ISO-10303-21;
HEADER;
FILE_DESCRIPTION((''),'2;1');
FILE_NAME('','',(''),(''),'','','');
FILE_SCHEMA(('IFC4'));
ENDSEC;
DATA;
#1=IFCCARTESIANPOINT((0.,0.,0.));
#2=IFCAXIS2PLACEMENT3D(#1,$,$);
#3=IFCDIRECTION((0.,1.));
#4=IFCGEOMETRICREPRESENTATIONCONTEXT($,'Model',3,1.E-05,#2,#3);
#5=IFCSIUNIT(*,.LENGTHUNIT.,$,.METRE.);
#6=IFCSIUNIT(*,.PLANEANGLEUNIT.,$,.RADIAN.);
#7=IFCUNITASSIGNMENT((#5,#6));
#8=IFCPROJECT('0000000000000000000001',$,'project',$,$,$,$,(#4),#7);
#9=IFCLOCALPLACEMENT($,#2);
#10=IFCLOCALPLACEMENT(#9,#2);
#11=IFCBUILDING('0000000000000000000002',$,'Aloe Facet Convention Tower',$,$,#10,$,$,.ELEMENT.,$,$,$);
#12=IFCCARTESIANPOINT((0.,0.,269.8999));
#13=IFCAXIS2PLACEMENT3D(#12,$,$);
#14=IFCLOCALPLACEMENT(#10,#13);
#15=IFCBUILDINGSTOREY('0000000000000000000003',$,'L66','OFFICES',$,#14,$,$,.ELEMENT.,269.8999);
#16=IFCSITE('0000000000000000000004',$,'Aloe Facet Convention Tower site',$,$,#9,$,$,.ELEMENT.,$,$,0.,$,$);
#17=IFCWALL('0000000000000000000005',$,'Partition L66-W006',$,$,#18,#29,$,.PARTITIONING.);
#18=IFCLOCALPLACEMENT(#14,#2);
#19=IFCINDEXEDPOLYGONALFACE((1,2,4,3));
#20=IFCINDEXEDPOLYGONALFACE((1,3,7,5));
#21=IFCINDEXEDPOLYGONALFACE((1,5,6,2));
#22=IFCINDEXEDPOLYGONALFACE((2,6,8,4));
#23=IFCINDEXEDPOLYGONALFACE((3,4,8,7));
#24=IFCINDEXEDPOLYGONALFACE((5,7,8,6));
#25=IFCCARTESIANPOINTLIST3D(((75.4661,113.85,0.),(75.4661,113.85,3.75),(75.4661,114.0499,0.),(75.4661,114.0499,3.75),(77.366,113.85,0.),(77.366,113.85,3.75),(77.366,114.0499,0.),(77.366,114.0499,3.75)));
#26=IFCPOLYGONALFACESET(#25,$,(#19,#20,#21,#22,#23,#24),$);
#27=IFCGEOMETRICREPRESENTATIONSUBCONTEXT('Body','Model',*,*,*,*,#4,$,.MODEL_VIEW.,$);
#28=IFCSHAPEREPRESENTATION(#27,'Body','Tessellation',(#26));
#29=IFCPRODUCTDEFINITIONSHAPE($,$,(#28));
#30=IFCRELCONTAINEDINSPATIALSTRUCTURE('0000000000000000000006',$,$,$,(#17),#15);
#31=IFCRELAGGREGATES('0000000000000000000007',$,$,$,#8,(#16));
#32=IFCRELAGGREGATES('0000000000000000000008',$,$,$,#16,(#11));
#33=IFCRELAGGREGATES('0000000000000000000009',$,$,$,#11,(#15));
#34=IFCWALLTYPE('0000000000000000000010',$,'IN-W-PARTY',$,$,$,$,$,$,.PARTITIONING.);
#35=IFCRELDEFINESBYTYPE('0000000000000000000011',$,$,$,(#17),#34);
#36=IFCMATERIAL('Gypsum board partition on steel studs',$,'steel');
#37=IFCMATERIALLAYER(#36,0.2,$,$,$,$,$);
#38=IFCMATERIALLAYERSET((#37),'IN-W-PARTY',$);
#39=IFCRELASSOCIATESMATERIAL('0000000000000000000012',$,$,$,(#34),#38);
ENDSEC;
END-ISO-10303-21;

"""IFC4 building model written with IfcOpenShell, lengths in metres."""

from ifc_helpers import new_model, si_unit, direction, frame, frame_2d, origin, place, context, subcontext, project, spatial, rectangle, extrude, material, layer, layer_set, type_object, element, save


model = new_model("IFC4")

# Units and contexts
model_context = context("Model", 3, precision=1e-05, world=origin(), true_north=direction((0.0, 1.0)))
body_context = subcontext(model_context, "Body", "Model", "MODEL_VIEW")
ifc_project = project(units=[si_unit("LENGTHUNIT", "METRE"), si_unit("PLANEANGLEUNIT", "RADIAN")], contexts=[model_context])

# Site, building, storey
site_placement = place(None, origin())
site = spatial("IfcSite", under=ifc_project, at=site_placement, Name="Aloe Facet Convention Tower site", CompositionType="ELEMENT", RefElevation=0.0)
building_placement = place(site_placement, origin())
building = spatial("IfcBuilding", under=site, at=building_placement, Name="Aloe Facet Convention Tower", CompositionType="ELEMENT")
storey_placement = place(building_placement, frame((0.0, 0.0, 269.8999)))
storey = spatial("IfcBuildingStorey", under=building, at=storey_placement, Name="L66", Description="OFFICES", CompositionType="ELEMENT", Elevation=269.8999)

# Wall
ifc_material_1 = material(Name="Gypsum board partition on steel studs", Category="steel")
ifc_layer_1 = layer(ifc_material_1, 0.2)
ifc_layer_set_1 = layer_set([ifc_layer_1], Name="IN-W-PARTY")
wall_type_1 = type_object("IfcWallType", Name="IN-W-PARTY", PredefinedType="PARTITIONING", material=ifc_layer_set_1)
wall_1_placement = place(storey_placement, frame((75.4661, 113.95, 0.0), z_axis=(0.0, 0.0, 1.0), x_axis=(1.0, 0.0, 0.0)))
element("IfcWall", 1, at=wall_1_placement, inside=storey, type_object=wall_type_1, Name="Partition L66-W006", PredefinedType="PARTITIONING", context=body_context, shape_type="SweptSolid", body=[
    extrude(rectangle(XDim=1.8999, YDim=0.2, at=frame_2d((0.95, 0.0))), origin(), (0.0, 0.0, 1.0), 3.75),
])

save(model, "model.ifc")
